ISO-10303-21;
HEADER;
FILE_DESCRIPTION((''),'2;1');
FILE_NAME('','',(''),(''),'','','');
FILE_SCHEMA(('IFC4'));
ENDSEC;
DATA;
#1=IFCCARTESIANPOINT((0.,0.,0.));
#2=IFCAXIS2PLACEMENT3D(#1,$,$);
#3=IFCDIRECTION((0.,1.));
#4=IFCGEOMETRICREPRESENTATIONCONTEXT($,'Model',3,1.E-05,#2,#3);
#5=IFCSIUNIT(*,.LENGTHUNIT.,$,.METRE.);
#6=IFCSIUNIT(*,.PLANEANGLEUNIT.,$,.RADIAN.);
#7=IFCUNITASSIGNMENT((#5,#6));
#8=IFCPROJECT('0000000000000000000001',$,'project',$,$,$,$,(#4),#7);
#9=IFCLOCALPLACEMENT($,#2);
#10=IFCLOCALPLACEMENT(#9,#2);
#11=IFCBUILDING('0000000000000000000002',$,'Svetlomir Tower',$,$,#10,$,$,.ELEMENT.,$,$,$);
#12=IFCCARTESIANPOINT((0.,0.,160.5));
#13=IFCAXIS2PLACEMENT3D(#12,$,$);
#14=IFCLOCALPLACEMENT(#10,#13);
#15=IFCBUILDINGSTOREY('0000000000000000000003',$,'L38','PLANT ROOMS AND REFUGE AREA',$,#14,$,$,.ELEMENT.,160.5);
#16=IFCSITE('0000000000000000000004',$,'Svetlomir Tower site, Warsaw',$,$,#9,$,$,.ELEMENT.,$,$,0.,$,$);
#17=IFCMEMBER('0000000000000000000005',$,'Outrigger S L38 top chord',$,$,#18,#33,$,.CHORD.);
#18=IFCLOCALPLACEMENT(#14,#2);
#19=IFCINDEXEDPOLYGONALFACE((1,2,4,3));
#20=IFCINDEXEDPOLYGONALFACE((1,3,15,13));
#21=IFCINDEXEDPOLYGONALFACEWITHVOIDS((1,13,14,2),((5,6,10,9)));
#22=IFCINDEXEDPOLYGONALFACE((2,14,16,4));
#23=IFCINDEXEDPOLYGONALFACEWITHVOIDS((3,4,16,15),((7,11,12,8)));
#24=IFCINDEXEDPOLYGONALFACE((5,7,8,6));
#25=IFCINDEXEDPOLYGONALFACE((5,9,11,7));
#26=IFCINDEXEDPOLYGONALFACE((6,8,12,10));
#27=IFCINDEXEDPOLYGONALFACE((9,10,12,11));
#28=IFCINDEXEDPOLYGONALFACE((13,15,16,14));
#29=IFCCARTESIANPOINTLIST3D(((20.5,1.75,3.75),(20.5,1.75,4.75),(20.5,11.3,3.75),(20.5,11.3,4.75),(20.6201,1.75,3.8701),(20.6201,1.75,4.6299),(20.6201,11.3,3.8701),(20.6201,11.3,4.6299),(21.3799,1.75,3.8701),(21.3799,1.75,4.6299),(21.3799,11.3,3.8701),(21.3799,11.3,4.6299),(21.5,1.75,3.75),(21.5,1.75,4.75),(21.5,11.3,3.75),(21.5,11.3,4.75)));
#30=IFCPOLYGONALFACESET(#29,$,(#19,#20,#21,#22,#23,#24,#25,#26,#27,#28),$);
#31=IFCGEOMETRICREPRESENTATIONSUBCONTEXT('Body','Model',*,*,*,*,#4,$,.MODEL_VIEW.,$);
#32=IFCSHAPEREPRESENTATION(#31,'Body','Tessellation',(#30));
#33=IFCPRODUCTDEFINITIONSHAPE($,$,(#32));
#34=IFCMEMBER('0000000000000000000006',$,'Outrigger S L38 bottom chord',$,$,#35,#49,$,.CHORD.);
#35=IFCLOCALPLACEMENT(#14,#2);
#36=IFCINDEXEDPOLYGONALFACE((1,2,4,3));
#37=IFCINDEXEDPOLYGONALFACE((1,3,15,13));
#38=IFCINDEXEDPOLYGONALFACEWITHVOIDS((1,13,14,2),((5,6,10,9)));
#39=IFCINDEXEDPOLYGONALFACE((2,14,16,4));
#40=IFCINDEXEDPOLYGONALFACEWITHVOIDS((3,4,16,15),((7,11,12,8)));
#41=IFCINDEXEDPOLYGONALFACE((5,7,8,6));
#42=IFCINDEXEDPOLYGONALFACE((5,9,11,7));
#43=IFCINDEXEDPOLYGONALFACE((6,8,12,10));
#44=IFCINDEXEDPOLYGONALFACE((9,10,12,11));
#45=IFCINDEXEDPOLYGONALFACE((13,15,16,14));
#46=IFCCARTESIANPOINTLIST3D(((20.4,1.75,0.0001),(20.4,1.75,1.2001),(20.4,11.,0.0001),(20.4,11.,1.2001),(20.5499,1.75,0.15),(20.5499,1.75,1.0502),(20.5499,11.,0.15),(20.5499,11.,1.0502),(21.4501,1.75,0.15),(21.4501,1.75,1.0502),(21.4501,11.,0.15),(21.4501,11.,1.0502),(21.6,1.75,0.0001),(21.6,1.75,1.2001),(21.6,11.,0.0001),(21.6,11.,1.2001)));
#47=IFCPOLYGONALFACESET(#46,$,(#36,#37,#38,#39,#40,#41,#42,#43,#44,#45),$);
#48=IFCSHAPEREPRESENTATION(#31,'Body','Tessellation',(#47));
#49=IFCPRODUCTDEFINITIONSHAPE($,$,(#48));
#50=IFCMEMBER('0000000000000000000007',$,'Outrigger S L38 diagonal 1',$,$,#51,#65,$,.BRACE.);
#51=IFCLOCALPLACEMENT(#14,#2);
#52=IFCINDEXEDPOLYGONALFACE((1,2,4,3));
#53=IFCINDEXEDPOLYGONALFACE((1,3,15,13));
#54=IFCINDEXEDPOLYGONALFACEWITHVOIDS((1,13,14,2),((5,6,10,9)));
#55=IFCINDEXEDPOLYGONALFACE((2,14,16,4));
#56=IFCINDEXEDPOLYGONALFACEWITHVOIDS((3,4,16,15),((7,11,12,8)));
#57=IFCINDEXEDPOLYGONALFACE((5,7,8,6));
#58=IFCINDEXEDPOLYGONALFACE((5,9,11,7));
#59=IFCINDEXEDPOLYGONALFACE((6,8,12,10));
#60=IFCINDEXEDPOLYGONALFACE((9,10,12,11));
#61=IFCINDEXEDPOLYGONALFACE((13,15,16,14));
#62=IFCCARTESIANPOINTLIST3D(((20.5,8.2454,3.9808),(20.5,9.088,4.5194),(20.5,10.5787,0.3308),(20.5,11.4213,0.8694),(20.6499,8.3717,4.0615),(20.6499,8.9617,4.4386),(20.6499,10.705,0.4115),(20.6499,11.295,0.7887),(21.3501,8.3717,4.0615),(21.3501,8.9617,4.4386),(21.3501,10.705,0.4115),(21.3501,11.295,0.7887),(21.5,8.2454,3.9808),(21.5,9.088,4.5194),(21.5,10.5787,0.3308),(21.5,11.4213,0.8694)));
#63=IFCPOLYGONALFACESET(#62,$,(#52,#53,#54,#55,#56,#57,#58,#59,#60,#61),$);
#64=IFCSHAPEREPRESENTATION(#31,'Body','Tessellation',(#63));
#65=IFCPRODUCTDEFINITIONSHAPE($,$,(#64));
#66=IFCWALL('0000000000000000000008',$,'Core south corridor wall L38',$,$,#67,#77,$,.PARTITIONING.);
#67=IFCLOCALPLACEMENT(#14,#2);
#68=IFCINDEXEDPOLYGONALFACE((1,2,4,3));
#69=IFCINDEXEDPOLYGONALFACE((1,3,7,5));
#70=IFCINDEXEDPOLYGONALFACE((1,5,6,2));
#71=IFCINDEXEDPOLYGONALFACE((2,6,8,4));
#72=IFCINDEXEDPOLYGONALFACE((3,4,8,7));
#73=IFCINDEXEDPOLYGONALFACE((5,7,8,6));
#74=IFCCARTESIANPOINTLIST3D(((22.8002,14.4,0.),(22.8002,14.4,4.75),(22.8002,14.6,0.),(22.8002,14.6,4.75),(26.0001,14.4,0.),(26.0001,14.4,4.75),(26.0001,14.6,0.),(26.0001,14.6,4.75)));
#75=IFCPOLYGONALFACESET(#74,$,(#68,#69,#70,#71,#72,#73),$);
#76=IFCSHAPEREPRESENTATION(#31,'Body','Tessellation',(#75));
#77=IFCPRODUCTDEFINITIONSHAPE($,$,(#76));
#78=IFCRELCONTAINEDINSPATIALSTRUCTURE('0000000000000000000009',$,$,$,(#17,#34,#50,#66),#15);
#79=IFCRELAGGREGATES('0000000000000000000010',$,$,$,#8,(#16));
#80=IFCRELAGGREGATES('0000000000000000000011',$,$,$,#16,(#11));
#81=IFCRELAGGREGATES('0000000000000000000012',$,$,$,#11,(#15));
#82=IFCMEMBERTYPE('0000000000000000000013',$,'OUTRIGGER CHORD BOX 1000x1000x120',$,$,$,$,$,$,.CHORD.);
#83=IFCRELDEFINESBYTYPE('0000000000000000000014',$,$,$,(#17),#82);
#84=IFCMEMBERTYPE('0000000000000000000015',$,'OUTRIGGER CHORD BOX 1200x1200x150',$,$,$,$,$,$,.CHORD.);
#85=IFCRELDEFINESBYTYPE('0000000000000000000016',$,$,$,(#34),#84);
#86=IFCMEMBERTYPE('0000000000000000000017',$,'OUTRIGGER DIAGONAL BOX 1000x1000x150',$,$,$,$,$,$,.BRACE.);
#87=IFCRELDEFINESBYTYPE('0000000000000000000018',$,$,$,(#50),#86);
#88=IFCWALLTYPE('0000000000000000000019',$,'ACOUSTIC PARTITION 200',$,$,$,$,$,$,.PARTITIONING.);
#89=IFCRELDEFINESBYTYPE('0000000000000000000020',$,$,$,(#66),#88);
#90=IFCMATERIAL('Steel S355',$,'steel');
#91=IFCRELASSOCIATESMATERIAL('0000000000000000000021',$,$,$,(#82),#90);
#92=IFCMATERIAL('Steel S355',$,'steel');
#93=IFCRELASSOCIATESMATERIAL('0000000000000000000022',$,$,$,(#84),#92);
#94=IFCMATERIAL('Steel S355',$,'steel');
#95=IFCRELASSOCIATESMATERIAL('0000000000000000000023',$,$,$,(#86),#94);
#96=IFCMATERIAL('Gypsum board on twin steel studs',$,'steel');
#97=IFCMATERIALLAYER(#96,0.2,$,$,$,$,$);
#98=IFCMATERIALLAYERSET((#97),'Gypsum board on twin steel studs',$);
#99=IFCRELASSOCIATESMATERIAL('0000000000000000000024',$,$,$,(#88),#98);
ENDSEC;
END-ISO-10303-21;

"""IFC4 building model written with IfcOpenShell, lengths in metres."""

from ifc_helpers import new_model, si_unit, direction, frame, frame_2d, origin, origin_2d, place, context, subcontext, project, spatial, rectangle, hollow_rectangle, extrude, material, layer, layer_set, material_profile, profile_set, type_object, element, save


model = new_model("IFC4")

# Units and contexts
model_context = context("Model", 3, precision=1e-05, world=origin(), true_north=direction((0.0, 1.0)))
body_context = subcontext(model_context, "Body", "Model", "MODEL_VIEW")
ifc_project = project(units=[si_unit("LENGTHUNIT", "METRE"), si_unit("PLANEANGLEUNIT", "RADIAN")], contexts=[model_context])

# Site, building, storey
site_placement = place(None, origin())
site = spatial("IfcSite", under=ifc_project, at=site_placement, Name="Svetlomir Tower site, Warsaw", CompositionType="ELEMENT", RefElevation=0.0)
building_placement = place(site_placement, origin())
building = spatial("IfcBuilding", under=site, at=building_placement, Name="Svetlomir Tower", CompositionType="ELEMENT")
storey_placement = place(building_placement, frame((0.0, 0.0, 160.5)))
storey = spatial("IfcBuildingStorey", under=building, at=storey_placement, Name="L38", Description="PLANT ROOMS AND REFUGE AREA", CompositionType="ELEMENT", Elevation=160.5)

# Members
ifc_material_1 = material(Name="Steel S355", Category="steel")
ifc_material_profile_1 = material_profile(ifc_material_1, hollow_rectangle(XDim=1.0, YDim=1.0, WallThickness=0.1201, at=origin_2d()), Name="BOX 1000x1000x120")
ifc_profile_set_1 = profile_set([ifc_material_profile_1], Name="Steel S355")
member_type_1 = type_object("IfcMemberType", Name="OUTRIGGER CHORD BOX 1000x1000x120", PredefinedType="CHORD", material=ifc_profile_set_1)
member_1_placement = place(storey_placement, frame((21.0, 11.3, 4.25), z_axis=(0.0, -1.0, 0.0), x_axis=(1.0, 0.0, 0.0)))
element("IfcMember", 1, at=member_1_placement, inside=storey, type_object=member_type_1, Name="Outrigger S L38 top chord", PredefinedType="CHORD", context=body_context, shape_type="SweptSolid", body=[
    extrude(hollow_rectangle(XDim=1.0, YDim=1.0, WallThickness=0.1201, at=origin_2d()), origin(), (0.0, 0.0, 1.0), 9.55),
])
ifc_material_2 = material(Name="Steel S355", Category="steel")
ifc_material_profile_2 = material_profile(ifc_material_2, hollow_rectangle(XDim=1.2, YDim=1.2, WallThickness=0.1499, at=origin_2d()), Name="BOX 1200x1200x150")
ifc_profile_set_2 = profile_set([ifc_material_profile_2], Name="Steel S355")
member_type_2 = type_object("IfcMemberType", Name="OUTRIGGER CHORD BOX 1200x1200x150", PredefinedType="CHORD", material=ifc_profile_set_2)
member_2_placement = place(storey_placement, frame((21.0, 11.0, 0.6001), z_axis=(0.0, -1.0, 0.0), x_axis=(1.0, 0.0, 0.0)))
element("IfcMember", 2, at=member_2_placement, inside=storey, type_object=member_type_2, Name="Outrigger S L38 bottom chord", PredefinedType="CHORD", context=body_context, shape_type="SweptSolid", body=[
    extrude(hollow_rectangle(XDim=1.2, YDim=1.2, WallThickness=0.1499, at=origin_2d()), origin(), (0.0, 0.0, 1.0), 9.25),
])
ifc_material_3 = material(Name="Steel S355", Category="steel")
ifc_material_profile_3 = material_profile(ifc_material_3, hollow_rectangle(XDim=1.0, YDim=1.0, WallThickness=0.1499, at=origin_2d()), Name="BOX 1000x1000x150")
ifc_profile_set_3 = profile_set([ifc_material_profile_3], Name="Steel S355")
member_type_3 = type_object("IfcMemberType", Name="OUTRIGGER DIAGONAL BOX 1000x1000x150", PredefinedType="BRACE", material=ifc_profile_set_3)
member_3_placement = place(storey_placement, frame((21.0, 11.0, 0.6001), z_axis=(0.0, -0.538614, 0.842553), x_axis=(1.0, 0.0, 0.0)))
element("IfcMember", 3, at=member_3_placement, inside=storey, type_object=member_type_3, Name="Outrigger S L38 diagonal 1", PredefinedType="BRACE", context=body_context, shape_type="SweptSolid", body=[
    extrude(hollow_rectangle(XDim=1.0, YDim=1.0, WallThickness=0.1499, at=origin_2d()), origin(), (0.0, 0.0, 1.0), 4.332),
])

# Wall
ifc_material_4 = material(Name="Gypsum board on twin steel studs", Category="steel")
ifc_layer_1 = layer(ifc_material_4, 0.2)
ifc_layer_set_1 = layer_set([ifc_layer_1], Name="Gypsum board on twin steel studs")
wall_type_1 = type_object("IfcWallType", Name="ACOUSTIC PARTITION 200", PredefinedType="PARTITIONING", material=ifc_layer_set_1)
wall_1_placement = place(storey_placement, frame((22.8, 14.5, 0.0), z_axis=(0.0, 0.0, 1.0), x_axis=(1.0, 0.0, 0.0)))
element("IfcWall", 4, at=wall_1_placement, inside=storey, type_object=wall_type_1, Name="Core south corridor wall L38", PredefinedType="PARTITIONING", context=body_context, shape_type="SweptSolid", body=[
    extrude(rectangle(XDim=3.2, YDim=0.2, at=frame_2d((1.6001, 0.0))), origin(), (0.0, 0.0, 1.0), 4.75),
])

save(model, "model.ifc")
